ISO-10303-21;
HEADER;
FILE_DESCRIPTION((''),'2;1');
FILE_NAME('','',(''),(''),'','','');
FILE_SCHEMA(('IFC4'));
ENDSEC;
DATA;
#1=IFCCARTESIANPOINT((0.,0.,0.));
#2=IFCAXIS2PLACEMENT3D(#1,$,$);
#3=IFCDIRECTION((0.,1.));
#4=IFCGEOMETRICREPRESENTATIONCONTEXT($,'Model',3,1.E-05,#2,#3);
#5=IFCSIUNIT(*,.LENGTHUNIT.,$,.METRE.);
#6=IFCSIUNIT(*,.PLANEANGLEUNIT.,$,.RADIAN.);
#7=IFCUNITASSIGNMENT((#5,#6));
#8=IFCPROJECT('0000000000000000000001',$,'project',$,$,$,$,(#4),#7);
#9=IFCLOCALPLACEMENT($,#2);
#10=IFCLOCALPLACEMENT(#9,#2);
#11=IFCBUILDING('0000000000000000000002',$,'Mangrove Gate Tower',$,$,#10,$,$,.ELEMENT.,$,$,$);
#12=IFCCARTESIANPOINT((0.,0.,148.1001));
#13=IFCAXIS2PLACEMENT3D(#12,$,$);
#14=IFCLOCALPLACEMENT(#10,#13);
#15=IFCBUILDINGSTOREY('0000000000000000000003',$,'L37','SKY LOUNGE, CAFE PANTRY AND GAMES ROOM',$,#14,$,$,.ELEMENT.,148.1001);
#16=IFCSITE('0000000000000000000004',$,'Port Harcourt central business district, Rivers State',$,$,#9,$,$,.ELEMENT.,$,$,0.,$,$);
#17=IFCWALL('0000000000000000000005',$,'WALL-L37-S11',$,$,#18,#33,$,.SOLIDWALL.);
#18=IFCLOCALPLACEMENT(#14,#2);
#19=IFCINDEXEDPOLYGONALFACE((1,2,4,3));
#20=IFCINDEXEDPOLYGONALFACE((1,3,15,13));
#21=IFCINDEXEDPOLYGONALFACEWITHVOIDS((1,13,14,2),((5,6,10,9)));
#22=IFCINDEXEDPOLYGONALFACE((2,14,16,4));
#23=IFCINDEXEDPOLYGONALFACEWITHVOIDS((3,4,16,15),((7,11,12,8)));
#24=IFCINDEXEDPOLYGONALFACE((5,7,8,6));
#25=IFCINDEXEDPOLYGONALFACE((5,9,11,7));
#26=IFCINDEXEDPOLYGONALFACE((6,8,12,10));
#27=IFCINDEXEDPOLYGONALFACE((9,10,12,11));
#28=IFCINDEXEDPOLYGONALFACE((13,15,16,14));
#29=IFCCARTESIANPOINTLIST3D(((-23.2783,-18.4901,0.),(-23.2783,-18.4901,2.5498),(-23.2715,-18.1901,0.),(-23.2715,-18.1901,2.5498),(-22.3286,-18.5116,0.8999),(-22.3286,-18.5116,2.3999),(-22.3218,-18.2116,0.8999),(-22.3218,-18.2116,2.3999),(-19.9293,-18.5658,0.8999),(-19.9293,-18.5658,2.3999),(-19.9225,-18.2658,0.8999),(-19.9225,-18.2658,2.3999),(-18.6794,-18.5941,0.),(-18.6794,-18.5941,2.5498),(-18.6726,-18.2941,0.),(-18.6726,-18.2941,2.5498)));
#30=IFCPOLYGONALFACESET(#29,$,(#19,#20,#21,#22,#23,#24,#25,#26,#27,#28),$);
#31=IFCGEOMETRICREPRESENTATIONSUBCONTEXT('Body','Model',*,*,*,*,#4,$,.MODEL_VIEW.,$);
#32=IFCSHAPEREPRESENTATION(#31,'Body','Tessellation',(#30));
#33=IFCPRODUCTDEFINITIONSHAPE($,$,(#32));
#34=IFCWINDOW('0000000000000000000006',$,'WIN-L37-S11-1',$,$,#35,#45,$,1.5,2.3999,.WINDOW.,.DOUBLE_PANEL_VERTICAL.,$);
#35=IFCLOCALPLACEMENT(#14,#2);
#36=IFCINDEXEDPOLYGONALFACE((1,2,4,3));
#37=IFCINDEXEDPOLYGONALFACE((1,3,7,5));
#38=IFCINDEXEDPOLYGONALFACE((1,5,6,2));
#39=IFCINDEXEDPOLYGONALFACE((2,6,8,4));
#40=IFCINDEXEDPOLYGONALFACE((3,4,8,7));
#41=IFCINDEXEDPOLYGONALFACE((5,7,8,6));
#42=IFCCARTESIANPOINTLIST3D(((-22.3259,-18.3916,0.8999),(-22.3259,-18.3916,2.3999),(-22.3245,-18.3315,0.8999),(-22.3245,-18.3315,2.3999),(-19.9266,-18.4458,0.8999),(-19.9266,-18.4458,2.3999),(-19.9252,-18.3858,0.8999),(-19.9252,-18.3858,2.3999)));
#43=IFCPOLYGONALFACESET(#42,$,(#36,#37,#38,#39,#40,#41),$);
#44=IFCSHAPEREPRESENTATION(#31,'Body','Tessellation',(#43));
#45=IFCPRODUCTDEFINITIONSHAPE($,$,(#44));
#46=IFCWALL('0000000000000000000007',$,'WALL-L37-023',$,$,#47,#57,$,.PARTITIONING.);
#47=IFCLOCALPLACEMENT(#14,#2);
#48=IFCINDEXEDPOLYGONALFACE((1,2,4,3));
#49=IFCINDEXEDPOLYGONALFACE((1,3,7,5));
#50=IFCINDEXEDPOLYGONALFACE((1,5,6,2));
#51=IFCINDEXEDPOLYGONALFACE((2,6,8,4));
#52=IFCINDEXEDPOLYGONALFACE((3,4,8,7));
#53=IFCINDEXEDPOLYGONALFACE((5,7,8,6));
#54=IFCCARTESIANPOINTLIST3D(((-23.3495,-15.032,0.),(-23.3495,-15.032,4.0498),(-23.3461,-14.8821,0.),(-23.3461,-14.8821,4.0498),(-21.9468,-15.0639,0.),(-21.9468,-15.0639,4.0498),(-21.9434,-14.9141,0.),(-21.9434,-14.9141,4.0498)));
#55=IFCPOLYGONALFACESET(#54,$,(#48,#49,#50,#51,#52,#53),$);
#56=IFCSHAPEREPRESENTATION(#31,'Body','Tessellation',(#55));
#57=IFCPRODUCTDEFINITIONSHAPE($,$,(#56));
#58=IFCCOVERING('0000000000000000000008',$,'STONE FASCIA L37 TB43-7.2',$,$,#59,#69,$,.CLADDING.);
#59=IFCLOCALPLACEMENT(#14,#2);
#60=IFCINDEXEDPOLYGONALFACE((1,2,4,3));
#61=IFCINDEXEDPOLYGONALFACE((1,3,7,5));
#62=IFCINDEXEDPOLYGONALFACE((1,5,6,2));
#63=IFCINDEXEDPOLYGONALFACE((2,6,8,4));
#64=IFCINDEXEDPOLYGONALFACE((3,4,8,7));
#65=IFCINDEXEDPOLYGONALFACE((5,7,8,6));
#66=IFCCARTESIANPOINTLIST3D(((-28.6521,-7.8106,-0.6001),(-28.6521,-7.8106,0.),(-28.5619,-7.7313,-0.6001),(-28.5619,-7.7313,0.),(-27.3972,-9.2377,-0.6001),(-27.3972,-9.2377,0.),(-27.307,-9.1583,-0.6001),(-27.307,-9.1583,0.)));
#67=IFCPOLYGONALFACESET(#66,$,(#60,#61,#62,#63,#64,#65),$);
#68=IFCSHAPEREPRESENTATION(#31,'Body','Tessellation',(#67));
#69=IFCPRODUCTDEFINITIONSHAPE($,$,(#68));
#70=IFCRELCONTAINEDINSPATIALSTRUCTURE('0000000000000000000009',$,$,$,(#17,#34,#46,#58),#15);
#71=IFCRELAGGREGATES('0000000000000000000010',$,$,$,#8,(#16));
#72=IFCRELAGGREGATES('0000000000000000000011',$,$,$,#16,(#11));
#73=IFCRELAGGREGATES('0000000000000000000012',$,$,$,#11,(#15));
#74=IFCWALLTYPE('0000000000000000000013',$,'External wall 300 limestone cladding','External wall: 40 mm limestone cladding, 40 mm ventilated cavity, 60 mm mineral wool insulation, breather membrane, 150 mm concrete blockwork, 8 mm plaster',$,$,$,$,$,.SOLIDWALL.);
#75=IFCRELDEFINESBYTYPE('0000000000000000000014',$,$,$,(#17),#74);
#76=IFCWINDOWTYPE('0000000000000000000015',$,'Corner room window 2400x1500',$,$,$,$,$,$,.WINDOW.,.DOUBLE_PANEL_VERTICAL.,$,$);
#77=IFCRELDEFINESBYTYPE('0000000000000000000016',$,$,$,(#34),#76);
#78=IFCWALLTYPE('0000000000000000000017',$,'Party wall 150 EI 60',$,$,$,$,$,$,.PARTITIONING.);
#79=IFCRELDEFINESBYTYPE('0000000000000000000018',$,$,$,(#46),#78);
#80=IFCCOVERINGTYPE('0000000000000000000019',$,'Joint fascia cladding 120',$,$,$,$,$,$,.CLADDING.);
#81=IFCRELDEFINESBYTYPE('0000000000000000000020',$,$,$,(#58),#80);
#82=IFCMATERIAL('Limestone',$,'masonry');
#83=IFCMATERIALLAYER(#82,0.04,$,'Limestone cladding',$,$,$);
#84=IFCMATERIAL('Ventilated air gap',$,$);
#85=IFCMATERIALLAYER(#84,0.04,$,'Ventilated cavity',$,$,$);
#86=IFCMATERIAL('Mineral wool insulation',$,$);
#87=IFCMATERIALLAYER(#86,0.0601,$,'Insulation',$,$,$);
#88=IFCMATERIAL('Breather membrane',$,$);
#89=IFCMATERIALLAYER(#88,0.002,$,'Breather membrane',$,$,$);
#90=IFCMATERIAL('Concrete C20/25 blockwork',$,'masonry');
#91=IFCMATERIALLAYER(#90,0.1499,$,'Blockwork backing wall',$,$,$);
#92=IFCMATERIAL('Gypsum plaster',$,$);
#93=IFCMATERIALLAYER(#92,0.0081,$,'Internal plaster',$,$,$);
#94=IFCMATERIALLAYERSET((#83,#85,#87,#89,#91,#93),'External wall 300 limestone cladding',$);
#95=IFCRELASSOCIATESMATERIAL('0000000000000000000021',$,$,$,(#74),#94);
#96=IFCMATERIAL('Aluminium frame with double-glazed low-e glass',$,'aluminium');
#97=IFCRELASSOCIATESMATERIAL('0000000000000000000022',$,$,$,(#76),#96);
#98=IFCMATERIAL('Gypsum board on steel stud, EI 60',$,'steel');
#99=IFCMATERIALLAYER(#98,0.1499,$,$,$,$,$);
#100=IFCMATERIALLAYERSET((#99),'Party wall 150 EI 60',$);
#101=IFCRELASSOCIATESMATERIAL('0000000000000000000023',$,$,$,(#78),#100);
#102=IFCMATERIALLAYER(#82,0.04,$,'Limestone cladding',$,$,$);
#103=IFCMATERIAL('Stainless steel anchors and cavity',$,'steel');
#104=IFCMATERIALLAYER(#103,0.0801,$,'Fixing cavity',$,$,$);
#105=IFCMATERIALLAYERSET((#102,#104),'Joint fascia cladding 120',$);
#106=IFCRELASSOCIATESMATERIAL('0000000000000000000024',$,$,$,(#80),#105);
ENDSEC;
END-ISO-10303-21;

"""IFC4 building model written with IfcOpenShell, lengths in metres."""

from ifc_helpers import new_model, si_unit, direction, frame, frame_2d, origin, place, context, subcontext, project, spatial, rectangle, extrude, material, layer, layer_set, type_object, element, fill, save


model = new_model("IFC4")

# Units and contexts
model_context = context("Model", 3, precision=1e-05, world=origin(), true_north=direction((0.0, 1.0)))
body_context = subcontext(model_context, "Body", "Model", "MODEL_VIEW")
ifc_project = project(units=[si_unit("LENGTHUNIT", "METRE"), si_unit("PLANEANGLEUNIT", "RADIAN")], contexts=[model_context])

# Site, building, storey
site_placement = place(None, origin())
site = spatial("IfcSite", under=ifc_project, at=site_placement, Name="Port Harcourt central business district, Rivers State", CompositionType="ELEMENT", RefElevation=0.0)
building_placement = place(site_placement, origin())
building = spatial("IfcBuilding", under=site, at=building_placement, Name="Mangrove Gate Tower", CompositionType="ELEMENT")
storey_placement = place(building_placement, frame((0.0, 0.0, 148.1001)))
storey = spatial("IfcBuildingStorey", under=building, at=storey_placement, Name="L37", Description="SKY LOUNGE, CAFE PANTRY AND GAMES ROOM", CompositionType="ELEMENT", Elevation=148.1001)

# Wall, opening, window
ifc_material_1 = material(Name="Limestone", Category="masonry")
ifc_layer_1 = layer(ifc_material_1, 0.04, Name="Limestone cladding")
ifc_material_2 = material(Name="Ventilated air gap")
ifc_layer_2 = layer(ifc_material_2, 0.04, Name="Ventilated cavity")
ifc_material_3 = material(Name="Mineral wool insulation")
ifc_layer_3 = layer(ifc_material_3, 0.0601, Name="Insulation")
ifc_material_4 = material(Name="Breather membrane")
ifc_layer_4 = layer(ifc_material_4, 0.002, Name="Breather membrane")
ifc_material_5 = material(Name="Concrete C20/25 blockwork", Category="masonry")
ifc_layer_5 = layer(ifc_material_5, 0.1499, Name="Blockwork backing wall")
ifc_material_6 = material(Name="Gypsum plaster")
ifc_layer_6 = layer(ifc_material_6, 0.0081, Name="Internal plaster")
ifc_layer_set_1 = layer_set([ifc_layer_1, ifc_layer_2, ifc_layer_3, ifc_layer_4, ifc_layer_5, ifc_layer_6], Name="External wall 300 limestone cladding")
wall_type_1 = type_object("IfcWallType", Name="External wall 300 limestone cladding", Description="External wall: 40 mm limestone cladding, 40 mm ventilated cavity, 60 mm mineral wool insulation, breather membrane, 150 mm concrete blockwork, 8 mm plaster", PredefinedType="SOLIDWALL", material=ifc_layer_set_1)
wall_1_placement = place(storey_placement, frame((-23.2749, -18.3401, 0.0), z_axis=(0.0, 0.0, 1.0), x_axis=(0.999744, -0.022609, 0.0)))
wall_1 = element("IfcWall", 1, at=wall_1_placement, inside=storey, type_object=wall_type_1, Name="WALL-L37-S11", PredefinedType="SOLIDWALL", context=body_context, shape_type="SweptSolid", body=[
    extrude(rectangle(XDim=4.6001, YDim=0.3, at=frame_2d((2.3, 0.0))), origin(), (0.0, 0.0, 1.0), 2.5498),
])
opening_1_placement = place(wall_1_placement, frame((0.95, 0.0, 0.8999)))
opening_1 = element("IfcOpeningElement", 2, at=opening_1_placement, cuts=wall_1, PredefinedType="OPENING", context=body_context, shape_type="SweptSolid", body=[
    extrude(rectangle(XDim=2.3999, YDim=1.5, at=frame_2d((1.2, 0.75))), frame((0.0, 0.1599, 0.0), z_axis=(0.0, -1.0, 0.0), x_axis=(1.0, 0.0, 0.0)), (0.0, 0.0, 1.0), 0.3201),
])
ifc_material_7 = material(Name="Aluminium frame with double-glazed low-e glass", Category="aluminium")
window_type = type_object("IfcWindowType", Name="Corner room window 2400x1500", PartitioningType="DOUBLE_PANEL_VERTICAL", PredefinedType="WINDOW", material=ifc_material_7)
window_placement = place(opening_1_placement, origin())
window = element("IfcWindow", 3, at=window_placement, inside=storey, type_object=window_type, Name="WIN-L37-S11-1", OverallHeight=1.5, OverallWidth=2.3999, PartitioningType="DOUBLE_PANEL_VERTICAL", PredefinedType="WINDOW", context=body_context, shape_type="SweptSolid", body=[
    extrude(rectangle(XDim=2.3999, YDim=1.5, at=frame_2d((1.2, 0.75))), frame((0.0, 0.03, 0.0), z_axis=(0.0, -1.0, 0.0), x_axis=(1.0, 0.0, 0.0)), (0.0, 0.0, 1.0), 0.0601),
])
fill(opening_1, window)

# Wall
ifc_material_8 = material(Name="Gypsum board on steel stud, EI 60", Category="steel")
ifc_layer_7 = layer(ifc_material_8, 0.1499)
ifc_layer_set_2 = layer_set([ifc_layer_7], Name="Party wall 150 EI 60")
wall_type_2 = type_object("IfcWallType", Name="Party wall 150 EI 60", PredefinedType="PARTITIONING", material=ifc_layer_set_2)
wall_2_placement = place(storey_placement, frame((-23.3479, -14.957, 0.0), z_axis=(0.0, 0.0, 1.0), x_axis=(0.99974, -0.022793, 0.0)))
element("IfcWall", 4, at=wall_2_placement, inside=storey, type_object=wall_type_2, Name="WALL-L37-023", PredefinedType="PARTITIONING", context=body_context, shape_type="SweptSolid", body=[
    extrude(rectangle(XDim=1.4031, YDim=0.1499, at=frame_2d((0.7017, 0.0))), origin(), (0.0, 0.0, 1.0), 4.0498),
])

# Covering
ifc_layer_8 = layer(ifc_material_1, 0.04, Name="Limestone cladding")
ifc_material_9 = material(Name="Stainless steel anchors and cavity", Category="steel")
ifc_layer_9 = layer(ifc_material_9, 0.0801, Name="Fixing cavity")
ifc_layer_set_3 = layer_set([ifc_layer_8, ifc_layer_9], Name="Joint fascia cladding 120")
covering_type = type_object("IfcCoveringType", Name="Joint fascia cladding 120", PredefinedType="CLADDING", material=ifc_layer_set_3)
covering_placement = place(storey_placement, frame((-27.3521, -9.198, -0.6001), z_axis=(0.0, 0.0, 1.0), x_axis=(-0.660367, 0.750943, 0.0)))
element("IfcCovering", 5, at=covering_placement, inside=storey, type_object=covering_type, Name="STONE FASCIA L37 TB43-7.2", PredefinedType="CLADDING", context=body_context, shape_type="SweptSolid", body=[
    extrude(rectangle(XDim=1.9004, YDim=0.1201, at=frame_2d((0.9502, 0.0))), origin(), (0.0, 0.0, 1.0), 0.6001),
])

save(model, "model.ifc")
